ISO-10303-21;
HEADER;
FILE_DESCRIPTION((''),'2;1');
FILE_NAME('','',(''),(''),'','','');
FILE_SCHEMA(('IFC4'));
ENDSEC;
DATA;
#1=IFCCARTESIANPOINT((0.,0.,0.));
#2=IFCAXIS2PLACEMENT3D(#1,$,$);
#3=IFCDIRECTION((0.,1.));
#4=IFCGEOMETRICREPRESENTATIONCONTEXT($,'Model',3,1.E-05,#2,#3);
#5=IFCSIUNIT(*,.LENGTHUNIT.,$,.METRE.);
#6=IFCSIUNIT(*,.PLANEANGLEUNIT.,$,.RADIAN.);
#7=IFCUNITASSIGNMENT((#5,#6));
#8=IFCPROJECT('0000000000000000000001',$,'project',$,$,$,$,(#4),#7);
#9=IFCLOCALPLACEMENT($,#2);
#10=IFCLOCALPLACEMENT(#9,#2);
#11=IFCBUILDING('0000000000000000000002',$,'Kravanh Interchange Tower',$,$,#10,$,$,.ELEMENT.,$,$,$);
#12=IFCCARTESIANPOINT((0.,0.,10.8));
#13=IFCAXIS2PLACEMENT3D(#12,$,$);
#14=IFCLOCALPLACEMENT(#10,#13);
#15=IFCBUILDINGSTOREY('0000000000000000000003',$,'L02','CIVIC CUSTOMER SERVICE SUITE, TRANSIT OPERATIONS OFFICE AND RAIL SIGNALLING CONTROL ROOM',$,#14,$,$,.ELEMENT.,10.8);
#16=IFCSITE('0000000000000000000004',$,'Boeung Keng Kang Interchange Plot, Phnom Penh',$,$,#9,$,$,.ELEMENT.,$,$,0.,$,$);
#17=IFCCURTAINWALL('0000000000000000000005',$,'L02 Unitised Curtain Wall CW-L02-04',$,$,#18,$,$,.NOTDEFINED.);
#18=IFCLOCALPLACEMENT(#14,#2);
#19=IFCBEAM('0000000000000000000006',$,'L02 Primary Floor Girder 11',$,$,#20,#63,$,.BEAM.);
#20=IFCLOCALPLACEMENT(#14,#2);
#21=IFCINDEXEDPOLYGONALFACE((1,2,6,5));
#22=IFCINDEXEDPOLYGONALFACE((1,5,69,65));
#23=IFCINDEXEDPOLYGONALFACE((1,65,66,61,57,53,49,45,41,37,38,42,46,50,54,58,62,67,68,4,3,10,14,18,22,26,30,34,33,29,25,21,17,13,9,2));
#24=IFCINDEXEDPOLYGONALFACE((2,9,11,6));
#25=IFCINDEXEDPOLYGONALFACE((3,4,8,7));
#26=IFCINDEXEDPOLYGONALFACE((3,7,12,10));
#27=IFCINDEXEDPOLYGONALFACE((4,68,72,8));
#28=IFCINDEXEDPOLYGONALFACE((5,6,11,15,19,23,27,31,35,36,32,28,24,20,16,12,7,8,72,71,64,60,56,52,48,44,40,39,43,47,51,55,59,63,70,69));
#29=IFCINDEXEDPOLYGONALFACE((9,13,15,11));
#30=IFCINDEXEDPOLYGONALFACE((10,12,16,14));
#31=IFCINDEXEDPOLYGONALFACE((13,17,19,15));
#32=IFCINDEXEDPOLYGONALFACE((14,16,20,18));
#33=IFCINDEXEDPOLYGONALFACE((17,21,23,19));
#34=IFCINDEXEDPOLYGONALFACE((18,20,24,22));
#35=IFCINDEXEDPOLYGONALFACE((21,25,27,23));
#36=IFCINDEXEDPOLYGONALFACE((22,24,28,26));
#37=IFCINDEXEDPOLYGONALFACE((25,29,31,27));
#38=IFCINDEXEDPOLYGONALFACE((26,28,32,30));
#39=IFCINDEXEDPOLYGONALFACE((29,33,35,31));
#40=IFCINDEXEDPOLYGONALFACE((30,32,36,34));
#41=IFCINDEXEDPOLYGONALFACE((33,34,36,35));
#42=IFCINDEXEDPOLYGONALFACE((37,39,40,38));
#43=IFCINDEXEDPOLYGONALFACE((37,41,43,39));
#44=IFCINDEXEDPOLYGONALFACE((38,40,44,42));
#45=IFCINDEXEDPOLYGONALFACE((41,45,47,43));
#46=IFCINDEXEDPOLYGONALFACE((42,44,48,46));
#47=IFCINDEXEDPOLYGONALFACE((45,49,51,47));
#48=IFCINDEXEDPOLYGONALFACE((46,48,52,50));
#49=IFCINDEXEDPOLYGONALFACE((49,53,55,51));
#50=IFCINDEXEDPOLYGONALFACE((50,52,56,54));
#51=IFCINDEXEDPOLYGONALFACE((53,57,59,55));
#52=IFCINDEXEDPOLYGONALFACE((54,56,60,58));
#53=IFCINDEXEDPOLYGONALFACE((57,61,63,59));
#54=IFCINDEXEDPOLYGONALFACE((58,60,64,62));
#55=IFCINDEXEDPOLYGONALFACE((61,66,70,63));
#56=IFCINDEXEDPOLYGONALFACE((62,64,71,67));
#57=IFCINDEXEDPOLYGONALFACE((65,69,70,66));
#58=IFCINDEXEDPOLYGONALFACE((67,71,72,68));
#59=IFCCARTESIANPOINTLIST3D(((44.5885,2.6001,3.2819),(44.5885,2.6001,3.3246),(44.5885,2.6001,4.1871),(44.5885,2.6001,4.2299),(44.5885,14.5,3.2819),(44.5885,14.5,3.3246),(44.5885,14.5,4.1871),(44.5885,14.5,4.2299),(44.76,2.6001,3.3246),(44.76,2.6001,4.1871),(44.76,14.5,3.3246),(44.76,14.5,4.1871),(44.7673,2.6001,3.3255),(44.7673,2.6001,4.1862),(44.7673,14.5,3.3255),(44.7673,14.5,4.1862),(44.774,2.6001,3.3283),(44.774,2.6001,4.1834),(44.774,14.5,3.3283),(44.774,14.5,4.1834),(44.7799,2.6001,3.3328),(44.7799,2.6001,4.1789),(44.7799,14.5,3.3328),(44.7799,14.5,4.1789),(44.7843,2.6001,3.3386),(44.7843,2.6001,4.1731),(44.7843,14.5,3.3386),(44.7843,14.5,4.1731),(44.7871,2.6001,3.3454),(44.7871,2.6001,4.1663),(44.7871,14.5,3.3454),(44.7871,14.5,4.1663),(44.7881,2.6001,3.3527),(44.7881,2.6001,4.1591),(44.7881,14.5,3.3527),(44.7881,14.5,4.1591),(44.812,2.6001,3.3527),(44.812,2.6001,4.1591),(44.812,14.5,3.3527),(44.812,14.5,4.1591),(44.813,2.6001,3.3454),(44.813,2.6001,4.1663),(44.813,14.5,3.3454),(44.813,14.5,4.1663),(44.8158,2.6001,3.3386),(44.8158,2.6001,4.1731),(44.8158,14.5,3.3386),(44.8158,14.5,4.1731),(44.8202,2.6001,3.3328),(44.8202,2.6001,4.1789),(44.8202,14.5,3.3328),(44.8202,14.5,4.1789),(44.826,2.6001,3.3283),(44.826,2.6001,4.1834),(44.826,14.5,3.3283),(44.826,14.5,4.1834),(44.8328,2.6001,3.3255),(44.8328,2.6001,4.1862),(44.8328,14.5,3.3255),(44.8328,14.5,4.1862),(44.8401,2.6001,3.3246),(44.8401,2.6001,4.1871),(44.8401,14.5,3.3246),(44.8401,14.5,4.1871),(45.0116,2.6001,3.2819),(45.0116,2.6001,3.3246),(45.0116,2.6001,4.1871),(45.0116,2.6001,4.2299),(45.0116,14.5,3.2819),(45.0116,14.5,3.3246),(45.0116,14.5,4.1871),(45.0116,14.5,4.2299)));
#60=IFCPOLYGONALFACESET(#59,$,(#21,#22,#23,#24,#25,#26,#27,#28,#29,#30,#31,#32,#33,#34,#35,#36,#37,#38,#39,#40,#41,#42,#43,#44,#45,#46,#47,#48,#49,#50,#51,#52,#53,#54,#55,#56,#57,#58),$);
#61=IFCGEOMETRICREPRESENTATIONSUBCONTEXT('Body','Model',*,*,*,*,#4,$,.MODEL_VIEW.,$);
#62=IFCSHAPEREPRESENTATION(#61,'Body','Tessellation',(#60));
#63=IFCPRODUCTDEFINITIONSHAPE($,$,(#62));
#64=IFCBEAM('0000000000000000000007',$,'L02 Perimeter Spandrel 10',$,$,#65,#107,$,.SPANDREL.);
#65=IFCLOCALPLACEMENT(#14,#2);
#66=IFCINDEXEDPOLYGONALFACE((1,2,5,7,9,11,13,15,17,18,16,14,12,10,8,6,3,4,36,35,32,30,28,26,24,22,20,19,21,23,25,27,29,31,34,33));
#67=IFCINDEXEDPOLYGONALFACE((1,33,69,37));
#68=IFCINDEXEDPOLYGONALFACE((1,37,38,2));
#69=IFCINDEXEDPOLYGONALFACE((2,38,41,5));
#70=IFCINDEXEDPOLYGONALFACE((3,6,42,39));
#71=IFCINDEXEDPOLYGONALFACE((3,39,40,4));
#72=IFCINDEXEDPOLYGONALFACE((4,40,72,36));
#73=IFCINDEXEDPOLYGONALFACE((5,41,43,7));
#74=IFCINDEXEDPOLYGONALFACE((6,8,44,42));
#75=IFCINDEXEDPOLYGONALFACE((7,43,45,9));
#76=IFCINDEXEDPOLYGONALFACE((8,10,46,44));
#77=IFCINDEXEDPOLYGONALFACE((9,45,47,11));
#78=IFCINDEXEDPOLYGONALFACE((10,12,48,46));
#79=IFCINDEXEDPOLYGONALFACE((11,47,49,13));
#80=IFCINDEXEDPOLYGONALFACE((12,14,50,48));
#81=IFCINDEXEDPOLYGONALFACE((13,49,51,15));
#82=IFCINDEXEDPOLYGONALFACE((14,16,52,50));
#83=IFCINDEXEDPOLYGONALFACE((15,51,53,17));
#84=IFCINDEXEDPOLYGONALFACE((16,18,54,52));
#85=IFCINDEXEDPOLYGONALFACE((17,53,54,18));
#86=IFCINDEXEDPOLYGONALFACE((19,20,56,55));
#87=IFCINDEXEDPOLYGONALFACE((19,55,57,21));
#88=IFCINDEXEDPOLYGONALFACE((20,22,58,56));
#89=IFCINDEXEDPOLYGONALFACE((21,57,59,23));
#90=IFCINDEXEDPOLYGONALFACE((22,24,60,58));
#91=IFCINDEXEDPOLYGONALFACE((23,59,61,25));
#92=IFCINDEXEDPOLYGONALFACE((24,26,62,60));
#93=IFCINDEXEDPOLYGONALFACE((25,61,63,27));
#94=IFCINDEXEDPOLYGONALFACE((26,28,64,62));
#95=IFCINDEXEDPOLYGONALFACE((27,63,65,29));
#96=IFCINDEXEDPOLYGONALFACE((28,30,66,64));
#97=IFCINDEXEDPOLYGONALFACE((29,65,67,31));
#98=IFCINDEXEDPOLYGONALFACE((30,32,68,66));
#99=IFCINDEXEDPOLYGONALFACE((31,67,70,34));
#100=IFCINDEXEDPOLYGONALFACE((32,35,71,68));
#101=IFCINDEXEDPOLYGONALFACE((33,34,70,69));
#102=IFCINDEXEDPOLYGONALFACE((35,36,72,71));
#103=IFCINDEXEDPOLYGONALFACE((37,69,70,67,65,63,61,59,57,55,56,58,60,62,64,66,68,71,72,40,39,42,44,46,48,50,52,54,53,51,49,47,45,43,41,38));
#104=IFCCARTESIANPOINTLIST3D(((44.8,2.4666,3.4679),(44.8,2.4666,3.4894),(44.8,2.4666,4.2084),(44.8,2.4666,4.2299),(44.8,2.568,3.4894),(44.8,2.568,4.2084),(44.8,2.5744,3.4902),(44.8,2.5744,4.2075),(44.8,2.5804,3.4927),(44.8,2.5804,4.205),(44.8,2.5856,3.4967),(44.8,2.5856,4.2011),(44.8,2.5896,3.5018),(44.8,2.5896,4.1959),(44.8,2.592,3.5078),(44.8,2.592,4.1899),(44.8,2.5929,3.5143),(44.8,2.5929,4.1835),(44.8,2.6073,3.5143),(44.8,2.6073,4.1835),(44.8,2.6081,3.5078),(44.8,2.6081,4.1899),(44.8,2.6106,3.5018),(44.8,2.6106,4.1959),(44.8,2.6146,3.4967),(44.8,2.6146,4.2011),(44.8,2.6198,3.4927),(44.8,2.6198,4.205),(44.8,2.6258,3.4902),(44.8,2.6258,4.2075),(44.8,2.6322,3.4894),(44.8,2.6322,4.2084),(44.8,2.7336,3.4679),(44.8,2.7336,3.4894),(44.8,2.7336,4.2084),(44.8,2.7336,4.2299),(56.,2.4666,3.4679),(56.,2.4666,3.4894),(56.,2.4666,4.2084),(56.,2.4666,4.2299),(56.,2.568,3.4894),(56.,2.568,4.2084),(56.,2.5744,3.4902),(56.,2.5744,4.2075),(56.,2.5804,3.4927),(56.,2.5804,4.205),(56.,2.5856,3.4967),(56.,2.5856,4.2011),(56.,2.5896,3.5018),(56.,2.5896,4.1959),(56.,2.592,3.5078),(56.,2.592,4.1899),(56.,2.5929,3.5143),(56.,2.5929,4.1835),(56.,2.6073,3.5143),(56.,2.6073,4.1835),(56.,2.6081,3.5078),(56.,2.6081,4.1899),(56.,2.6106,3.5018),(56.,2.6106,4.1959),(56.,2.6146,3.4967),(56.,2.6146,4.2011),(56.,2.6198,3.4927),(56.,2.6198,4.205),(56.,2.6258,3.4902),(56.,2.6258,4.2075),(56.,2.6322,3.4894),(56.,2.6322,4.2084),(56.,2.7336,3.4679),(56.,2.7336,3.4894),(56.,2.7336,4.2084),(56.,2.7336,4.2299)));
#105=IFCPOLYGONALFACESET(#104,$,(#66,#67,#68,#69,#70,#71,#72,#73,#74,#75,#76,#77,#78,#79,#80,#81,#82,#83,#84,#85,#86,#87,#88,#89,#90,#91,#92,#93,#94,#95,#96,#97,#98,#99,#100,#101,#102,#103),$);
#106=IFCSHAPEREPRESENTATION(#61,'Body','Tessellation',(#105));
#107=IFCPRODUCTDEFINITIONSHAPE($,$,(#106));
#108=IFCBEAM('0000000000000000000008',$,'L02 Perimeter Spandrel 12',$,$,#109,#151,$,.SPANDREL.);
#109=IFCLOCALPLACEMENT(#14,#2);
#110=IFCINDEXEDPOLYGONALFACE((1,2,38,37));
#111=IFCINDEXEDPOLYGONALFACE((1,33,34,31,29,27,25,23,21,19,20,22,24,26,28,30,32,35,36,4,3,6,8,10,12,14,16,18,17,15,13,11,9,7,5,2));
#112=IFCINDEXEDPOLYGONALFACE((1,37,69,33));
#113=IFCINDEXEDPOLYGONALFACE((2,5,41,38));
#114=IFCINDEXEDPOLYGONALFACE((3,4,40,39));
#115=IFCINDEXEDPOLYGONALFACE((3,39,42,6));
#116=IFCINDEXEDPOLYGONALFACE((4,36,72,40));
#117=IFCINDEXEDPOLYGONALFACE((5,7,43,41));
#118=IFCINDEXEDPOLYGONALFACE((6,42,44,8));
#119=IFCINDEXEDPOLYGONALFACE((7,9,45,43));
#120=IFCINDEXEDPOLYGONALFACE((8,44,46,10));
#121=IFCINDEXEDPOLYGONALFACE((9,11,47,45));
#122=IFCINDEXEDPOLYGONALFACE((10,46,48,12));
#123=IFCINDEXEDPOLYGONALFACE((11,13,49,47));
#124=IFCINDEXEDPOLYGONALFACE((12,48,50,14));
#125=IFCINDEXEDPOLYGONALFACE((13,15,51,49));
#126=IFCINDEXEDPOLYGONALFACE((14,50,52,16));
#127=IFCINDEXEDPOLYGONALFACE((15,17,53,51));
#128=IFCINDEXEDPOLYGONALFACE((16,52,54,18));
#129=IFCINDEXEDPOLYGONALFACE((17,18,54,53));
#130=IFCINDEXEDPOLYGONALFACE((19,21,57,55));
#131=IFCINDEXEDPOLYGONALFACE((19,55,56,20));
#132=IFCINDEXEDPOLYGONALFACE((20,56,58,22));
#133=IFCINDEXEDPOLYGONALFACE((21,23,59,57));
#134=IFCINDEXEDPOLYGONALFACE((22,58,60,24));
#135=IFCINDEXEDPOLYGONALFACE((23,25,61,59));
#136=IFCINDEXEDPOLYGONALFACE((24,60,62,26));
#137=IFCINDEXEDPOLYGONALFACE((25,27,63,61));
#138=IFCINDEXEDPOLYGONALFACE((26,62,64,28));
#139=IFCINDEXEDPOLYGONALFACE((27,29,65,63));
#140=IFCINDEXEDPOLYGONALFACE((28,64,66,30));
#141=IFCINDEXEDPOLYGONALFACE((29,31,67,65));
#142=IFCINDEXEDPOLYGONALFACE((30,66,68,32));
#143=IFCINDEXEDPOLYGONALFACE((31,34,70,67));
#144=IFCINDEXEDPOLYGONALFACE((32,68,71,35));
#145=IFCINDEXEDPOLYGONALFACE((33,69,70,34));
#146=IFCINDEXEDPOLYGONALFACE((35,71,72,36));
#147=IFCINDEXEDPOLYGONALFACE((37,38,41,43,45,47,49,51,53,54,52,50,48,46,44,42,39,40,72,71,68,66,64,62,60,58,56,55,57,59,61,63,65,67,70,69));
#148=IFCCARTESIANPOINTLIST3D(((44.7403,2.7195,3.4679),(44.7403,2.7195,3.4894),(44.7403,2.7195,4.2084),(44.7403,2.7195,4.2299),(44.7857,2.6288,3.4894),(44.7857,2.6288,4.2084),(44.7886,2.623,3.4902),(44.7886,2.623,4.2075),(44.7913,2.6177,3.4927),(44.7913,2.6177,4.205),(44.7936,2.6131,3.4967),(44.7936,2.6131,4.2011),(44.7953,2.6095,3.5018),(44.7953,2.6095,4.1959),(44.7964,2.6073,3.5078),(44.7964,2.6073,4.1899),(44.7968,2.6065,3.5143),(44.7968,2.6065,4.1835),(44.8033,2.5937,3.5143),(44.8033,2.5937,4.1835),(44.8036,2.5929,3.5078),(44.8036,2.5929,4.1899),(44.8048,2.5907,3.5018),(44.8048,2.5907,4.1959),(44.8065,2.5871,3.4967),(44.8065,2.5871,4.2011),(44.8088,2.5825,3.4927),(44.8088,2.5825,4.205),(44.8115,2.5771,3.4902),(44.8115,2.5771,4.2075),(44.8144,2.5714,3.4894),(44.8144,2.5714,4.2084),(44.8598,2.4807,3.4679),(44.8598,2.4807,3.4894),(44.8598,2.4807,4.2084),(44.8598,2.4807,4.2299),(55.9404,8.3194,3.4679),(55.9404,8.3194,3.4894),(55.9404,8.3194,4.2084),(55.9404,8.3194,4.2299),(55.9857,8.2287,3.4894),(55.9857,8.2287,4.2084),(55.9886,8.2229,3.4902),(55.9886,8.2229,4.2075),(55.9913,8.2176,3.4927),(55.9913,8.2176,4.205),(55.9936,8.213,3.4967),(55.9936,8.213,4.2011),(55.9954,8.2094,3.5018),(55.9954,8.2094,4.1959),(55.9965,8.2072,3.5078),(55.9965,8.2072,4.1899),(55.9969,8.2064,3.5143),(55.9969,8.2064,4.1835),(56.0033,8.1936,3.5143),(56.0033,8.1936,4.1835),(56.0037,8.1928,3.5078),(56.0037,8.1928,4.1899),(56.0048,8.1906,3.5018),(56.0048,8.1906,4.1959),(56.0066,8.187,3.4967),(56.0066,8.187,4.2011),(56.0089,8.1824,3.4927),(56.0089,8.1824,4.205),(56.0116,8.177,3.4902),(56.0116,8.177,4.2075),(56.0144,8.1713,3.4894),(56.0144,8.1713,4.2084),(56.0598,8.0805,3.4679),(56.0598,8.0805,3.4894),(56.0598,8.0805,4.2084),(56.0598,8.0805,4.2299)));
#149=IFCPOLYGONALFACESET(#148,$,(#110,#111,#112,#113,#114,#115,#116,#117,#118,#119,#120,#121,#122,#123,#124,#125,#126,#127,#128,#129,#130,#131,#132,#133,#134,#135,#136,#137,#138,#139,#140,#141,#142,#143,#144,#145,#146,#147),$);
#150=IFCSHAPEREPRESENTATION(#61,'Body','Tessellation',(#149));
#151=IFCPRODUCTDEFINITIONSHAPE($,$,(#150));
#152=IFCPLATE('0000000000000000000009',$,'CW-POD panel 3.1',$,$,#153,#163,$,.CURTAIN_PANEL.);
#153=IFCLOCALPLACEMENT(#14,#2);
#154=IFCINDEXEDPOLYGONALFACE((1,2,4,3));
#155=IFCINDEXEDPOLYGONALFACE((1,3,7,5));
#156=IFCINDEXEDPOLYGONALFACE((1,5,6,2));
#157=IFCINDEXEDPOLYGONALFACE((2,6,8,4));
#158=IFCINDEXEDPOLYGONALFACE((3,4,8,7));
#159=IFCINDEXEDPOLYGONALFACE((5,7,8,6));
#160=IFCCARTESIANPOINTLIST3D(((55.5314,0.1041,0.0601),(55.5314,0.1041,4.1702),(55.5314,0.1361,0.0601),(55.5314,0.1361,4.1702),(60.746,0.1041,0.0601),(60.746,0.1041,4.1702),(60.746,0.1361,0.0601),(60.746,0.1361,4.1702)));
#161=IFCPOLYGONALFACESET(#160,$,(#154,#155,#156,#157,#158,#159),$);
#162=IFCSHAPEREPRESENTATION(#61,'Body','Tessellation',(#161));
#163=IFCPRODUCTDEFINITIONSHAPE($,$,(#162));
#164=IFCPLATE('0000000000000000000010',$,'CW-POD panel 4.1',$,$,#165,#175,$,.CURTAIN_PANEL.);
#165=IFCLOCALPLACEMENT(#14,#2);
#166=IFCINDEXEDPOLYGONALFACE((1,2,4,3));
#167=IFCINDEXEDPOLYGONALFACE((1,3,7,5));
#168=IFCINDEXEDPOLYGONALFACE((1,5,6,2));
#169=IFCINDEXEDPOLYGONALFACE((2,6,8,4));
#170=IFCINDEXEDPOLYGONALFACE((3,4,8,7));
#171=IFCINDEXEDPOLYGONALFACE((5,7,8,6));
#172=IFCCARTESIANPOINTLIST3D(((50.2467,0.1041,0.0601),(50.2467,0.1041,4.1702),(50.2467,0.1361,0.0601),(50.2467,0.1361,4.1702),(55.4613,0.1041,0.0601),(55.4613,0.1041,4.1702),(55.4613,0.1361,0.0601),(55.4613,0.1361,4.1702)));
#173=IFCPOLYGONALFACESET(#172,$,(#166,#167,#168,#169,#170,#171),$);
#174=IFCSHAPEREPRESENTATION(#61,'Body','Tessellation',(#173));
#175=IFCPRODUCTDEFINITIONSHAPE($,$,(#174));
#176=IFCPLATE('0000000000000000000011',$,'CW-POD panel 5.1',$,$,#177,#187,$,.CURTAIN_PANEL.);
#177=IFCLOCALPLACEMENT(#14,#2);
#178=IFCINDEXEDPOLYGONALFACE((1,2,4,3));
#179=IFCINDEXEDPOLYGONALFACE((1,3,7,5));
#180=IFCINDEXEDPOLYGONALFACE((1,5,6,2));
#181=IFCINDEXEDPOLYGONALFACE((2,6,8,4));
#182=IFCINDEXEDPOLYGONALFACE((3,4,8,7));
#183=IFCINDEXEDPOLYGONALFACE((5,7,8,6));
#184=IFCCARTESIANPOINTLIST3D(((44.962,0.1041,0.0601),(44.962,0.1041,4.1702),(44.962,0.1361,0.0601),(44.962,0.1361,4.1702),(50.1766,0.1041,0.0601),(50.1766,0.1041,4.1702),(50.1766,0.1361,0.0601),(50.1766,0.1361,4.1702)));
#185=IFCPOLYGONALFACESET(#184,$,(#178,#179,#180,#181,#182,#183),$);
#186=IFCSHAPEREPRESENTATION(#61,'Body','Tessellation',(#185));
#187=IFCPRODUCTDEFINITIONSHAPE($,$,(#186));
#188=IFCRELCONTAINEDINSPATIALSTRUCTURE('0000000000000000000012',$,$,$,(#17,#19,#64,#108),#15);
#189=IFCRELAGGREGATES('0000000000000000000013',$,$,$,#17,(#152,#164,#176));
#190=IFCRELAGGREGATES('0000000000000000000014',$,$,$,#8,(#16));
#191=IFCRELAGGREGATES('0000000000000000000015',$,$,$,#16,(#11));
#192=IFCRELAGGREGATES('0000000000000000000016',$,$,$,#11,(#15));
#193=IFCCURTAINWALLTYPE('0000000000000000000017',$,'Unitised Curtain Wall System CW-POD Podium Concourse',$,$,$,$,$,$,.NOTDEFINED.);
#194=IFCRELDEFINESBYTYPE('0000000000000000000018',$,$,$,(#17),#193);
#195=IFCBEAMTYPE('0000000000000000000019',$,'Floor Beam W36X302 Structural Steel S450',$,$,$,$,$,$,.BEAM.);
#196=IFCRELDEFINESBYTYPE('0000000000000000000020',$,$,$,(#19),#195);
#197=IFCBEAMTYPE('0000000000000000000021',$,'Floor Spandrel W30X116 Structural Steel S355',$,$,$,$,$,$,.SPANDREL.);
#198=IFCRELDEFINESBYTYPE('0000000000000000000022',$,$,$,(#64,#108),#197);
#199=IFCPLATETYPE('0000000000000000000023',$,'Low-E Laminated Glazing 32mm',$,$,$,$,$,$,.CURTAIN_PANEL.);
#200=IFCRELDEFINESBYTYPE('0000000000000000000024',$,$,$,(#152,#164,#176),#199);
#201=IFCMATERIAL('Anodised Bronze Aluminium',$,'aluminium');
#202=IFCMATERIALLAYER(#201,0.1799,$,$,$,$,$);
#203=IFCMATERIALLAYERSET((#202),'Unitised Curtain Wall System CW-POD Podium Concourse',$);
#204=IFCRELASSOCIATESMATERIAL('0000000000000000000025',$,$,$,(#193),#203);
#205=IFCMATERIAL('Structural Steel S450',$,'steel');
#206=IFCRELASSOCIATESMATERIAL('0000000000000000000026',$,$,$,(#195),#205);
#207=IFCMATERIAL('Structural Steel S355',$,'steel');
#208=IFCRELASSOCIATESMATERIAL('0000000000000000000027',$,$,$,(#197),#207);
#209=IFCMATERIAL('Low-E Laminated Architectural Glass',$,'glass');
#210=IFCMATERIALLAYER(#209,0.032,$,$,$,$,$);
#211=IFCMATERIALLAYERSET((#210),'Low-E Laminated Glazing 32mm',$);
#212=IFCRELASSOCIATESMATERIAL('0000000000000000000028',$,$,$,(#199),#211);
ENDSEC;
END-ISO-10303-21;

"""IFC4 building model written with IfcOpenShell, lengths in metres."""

from ifc_helpers import new_model, si_unit, direction, frame, origin, origin_2d, place, context, subcontext, project, spatial, rectangle, i_section, extrude, material, layer, layer_set, material_profile, profile_set, type_object, element, aggregate, save


model = new_model("IFC4")

# Units and contexts
model_context = context("Model", 3, precision=1e-05, world=origin(), true_north=direction((0.0, 1.0)))
body_context = subcontext(model_context, "Body", "Model", "MODEL_VIEW")
ifc_project = project(units=[si_unit("LENGTHUNIT", "METRE"), si_unit("PLANEANGLEUNIT", "RADIAN")], contexts=[model_context])

# Site, building, storey
site_placement = place(None, origin())
site = spatial("IfcSite", under=ifc_project, at=site_placement, Name="Boeung Keng Kang Interchange Plot, Phnom Penh", CompositionType="ELEMENT", RefElevation=0.0)
building_placement = place(site_placement, origin())
building = spatial("IfcBuilding", under=site, at=building_placement, Name="Kravanh Interchange Tower", CompositionType="ELEMENT")
storey_placement = place(building_placement, frame((0.0, 0.0, 10.8)))
storey = spatial("IfcBuildingStorey", under=building, at=storey_placement, Name="L02", Description="CIVIC CUSTOMER SERVICE SUITE, TRANSIT OPERATIONS OFFICE AND RAIL SIGNALLING CONTROL ROOM", CompositionType="ELEMENT", Elevation=10.8)

# Curtain wall
ifc_material_1 = material(Name="Anodised Bronze Aluminium", Category="aluminium")
ifc_layer_1 = layer(ifc_material_1, 0.1799)
ifc_layer_set_1 = layer_set([ifc_layer_1], Name="Unitised Curtain Wall System CW-POD Podium Concourse")
curtain_wall_type = type_object("IfcCurtainWallType", Name="Unitised Curtain Wall System CW-POD Podium Concourse", PredefinedType="NOTDEFINED", material=ifc_layer_set_1)
curtain_wall_placement = place(storey_placement, origin())
curtain_wall = element("IfcCurtainWall", 1, at=curtain_wall_placement, inside=storey, type_object=curtain_wall_type, Name="L02 Unitised Curtain Wall CW-L02-04", PredefinedType="NOTDEFINED")

# Beams
ifc_material_2 = material(Name="Structural Steel S450", Category="steel")
ifc_material_profile_1 = material_profile(ifc_material_2, i_section(OverallWidth=0.4231, OverallDepth=0.948, WebThickness=0.0239, FlangeThickness=0.0427, FilletRadius=0.0281, at=origin_2d()), Name="W36X302")
ifc_profile_set_1 = profile_set([ifc_material_profile_1], Name="Structural Steel S450")
beam_type_1 = type_object("IfcBeamType", Name="Floor Beam W36X302 Structural Steel S450", PredefinedType="BEAM", material=ifc_profile_set_1)
beam_1_placement = place(storey_placement, frame((44.8, 2.6001, 3.7559), z_axis=(0.0, 1.0, 0.0), x_axis=(-1.0, 0.0, 0.0)))
element("IfcBeam", 2, at=beam_1_placement, inside=storey, type_object=beam_type_1, Name="L02 Primary Floor Girder 11", PredefinedType="BEAM", context=body_context, shape_type="SweptSolid", body=[
    extrude(i_section(OverallWidth=0.4231, OverallDepth=0.948, WebThickness=0.0239, FlangeThickness=0.0427, FilletRadius=0.0281, at=origin_2d()), origin(), (0.0, 0.0, 1.0), 11.8999),
])
ifc_material_3 = material(Name="Structural Steel S355", Category="steel")
ifc_material_profile_2 = material_profile(ifc_material_3, i_section(OverallWidth=0.2671, OverallDepth=0.762, WebThickness=0.0144, FlangeThickness=0.0215, FilletRadius=0.0249, at=origin_2d()), Name="W30X116")
ifc_profile_set_2 = profile_set([ifc_material_profile_2], Name="Structural Steel S355")
beam_type_2 = type_object("IfcBeamType", Name="Floor Spandrel W30X116 Structural Steel S355", PredefinedType="SPANDREL", material=ifc_profile_set_2)
beam_2_placement = place(storey_placement, frame((44.8, 2.6001, 3.8489), z_axis=(1.0, 0.0, 0.0), x_axis=(0.0, 1.0, 0.0)))
element("IfcBeam", 3, at=beam_2_placement, inside=storey, type_object=beam_type_2, Name="L02 Perimeter Spandrel 10", PredefinedType="SPANDREL", context=body_context, shape_type="SweptSolid", body=[
    extrude(i_section(OverallWidth=0.2671, OverallDepth=0.762, WebThickness=0.0144, FlangeThickness=0.0215, FilletRadius=0.0249, at=origin_2d()), origin(), (0.0, 0.0, 1.0), 11.2),
])
beam_3_placement = place(storey_placement, frame((44.8, 2.6001, 3.8489), z_axis=(0.894431, 0.447206, 0.0), x_axis=(-0.447206, 0.894431, 0.0)))
element("IfcBeam", 4, at=beam_3_placement, inside=storey, type_object=beam_type_2, Name="L02 Perimeter Spandrel 12", PredefinedType="SPANDREL", context=body_context, shape_type="SweptSolid", body=[
    extrude(i_section(OverallWidth=0.2671, OverallDepth=0.762, WebThickness=0.0144, FlangeThickness=0.0215, FilletRadius=0.0249, at=origin_2d()), origin(), (0.0, 0.0, 1.0), 12.522),
])

# Plates
ifc_material_4 = material(Name="Low-E Laminated Architectural Glass", Category="glass")
ifc_layer_2 = layer(ifc_material_4, 0.032)
ifc_layer_set_2 = layer_set([ifc_layer_2], Name="Low-E Laminated Glazing 32mm")
plate_type = type_object("IfcPlateType", Name="Low-E Laminated Glazing 32mm", PredefinedType="CURTAIN_PANEL", material=ifc_layer_set_2)
plate_1_placement = place(storey_placement, frame((58.1387, 0.1201, 0.0601), z_axis=(0.0, 0.0, 1.0), x_axis=(-1.0, 0.0, 0.0)))
plate_1 = element("IfcPlate", 5, at=plate_1_placement, type_object=plate_type, Name="CW-POD panel 3.1", PredefinedType="CURTAIN_PANEL", context=body_context, shape_type="SweptSolid", body=[
    extrude(rectangle(XDim=5.2146, YDim=0.032, at=origin_2d()), origin(), (0.0, 0.0, 1.0), 4.1101),
])
plate_2_placement = place(storey_placement, frame((52.854, 0.1201, 0.0601), z_axis=(0.0, 0.0, 1.0), x_axis=(-1.0, 0.0, 0.0)))
plate_2 = element("IfcPlate", 6, at=plate_2_placement, type_object=plate_type, Name="CW-POD panel 4.1", PredefinedType="CURTAIN_PANEL", context=body_context, shape_type="SweptSolid", body=[
    extrude(rectangle(XDim=5.2146, YDim=0.032, at=origin_2d()), origin(), (0.0, 0.0, 1.0), 4.1101),
])
plate_3_placement = place(storey_placement, frame((47.5693, 0.1201, 0.0601), z_axis=(0.0, 0.0, 1.0), x_axis=(-1.0, 0.0, 0.0)))
plate_3 = element("IfcPlate", 7, at=plate_3_placement, type_object=plate_type, Name="CW-POD panel 5.1", PredefinedType="CURTAIN_PANEL", context=body_context, shape_type="SweptSolid", body=[
    extrude(rectangle(XDim=5.2146, YDim=0.032, at=origin_2d()), origin(), (0.0, 0.0, 1.0), 4.1101),
])
aggregate(curtain_wall, [plate_1, plate_2, plate_3])

save(model, "model.ifc")
